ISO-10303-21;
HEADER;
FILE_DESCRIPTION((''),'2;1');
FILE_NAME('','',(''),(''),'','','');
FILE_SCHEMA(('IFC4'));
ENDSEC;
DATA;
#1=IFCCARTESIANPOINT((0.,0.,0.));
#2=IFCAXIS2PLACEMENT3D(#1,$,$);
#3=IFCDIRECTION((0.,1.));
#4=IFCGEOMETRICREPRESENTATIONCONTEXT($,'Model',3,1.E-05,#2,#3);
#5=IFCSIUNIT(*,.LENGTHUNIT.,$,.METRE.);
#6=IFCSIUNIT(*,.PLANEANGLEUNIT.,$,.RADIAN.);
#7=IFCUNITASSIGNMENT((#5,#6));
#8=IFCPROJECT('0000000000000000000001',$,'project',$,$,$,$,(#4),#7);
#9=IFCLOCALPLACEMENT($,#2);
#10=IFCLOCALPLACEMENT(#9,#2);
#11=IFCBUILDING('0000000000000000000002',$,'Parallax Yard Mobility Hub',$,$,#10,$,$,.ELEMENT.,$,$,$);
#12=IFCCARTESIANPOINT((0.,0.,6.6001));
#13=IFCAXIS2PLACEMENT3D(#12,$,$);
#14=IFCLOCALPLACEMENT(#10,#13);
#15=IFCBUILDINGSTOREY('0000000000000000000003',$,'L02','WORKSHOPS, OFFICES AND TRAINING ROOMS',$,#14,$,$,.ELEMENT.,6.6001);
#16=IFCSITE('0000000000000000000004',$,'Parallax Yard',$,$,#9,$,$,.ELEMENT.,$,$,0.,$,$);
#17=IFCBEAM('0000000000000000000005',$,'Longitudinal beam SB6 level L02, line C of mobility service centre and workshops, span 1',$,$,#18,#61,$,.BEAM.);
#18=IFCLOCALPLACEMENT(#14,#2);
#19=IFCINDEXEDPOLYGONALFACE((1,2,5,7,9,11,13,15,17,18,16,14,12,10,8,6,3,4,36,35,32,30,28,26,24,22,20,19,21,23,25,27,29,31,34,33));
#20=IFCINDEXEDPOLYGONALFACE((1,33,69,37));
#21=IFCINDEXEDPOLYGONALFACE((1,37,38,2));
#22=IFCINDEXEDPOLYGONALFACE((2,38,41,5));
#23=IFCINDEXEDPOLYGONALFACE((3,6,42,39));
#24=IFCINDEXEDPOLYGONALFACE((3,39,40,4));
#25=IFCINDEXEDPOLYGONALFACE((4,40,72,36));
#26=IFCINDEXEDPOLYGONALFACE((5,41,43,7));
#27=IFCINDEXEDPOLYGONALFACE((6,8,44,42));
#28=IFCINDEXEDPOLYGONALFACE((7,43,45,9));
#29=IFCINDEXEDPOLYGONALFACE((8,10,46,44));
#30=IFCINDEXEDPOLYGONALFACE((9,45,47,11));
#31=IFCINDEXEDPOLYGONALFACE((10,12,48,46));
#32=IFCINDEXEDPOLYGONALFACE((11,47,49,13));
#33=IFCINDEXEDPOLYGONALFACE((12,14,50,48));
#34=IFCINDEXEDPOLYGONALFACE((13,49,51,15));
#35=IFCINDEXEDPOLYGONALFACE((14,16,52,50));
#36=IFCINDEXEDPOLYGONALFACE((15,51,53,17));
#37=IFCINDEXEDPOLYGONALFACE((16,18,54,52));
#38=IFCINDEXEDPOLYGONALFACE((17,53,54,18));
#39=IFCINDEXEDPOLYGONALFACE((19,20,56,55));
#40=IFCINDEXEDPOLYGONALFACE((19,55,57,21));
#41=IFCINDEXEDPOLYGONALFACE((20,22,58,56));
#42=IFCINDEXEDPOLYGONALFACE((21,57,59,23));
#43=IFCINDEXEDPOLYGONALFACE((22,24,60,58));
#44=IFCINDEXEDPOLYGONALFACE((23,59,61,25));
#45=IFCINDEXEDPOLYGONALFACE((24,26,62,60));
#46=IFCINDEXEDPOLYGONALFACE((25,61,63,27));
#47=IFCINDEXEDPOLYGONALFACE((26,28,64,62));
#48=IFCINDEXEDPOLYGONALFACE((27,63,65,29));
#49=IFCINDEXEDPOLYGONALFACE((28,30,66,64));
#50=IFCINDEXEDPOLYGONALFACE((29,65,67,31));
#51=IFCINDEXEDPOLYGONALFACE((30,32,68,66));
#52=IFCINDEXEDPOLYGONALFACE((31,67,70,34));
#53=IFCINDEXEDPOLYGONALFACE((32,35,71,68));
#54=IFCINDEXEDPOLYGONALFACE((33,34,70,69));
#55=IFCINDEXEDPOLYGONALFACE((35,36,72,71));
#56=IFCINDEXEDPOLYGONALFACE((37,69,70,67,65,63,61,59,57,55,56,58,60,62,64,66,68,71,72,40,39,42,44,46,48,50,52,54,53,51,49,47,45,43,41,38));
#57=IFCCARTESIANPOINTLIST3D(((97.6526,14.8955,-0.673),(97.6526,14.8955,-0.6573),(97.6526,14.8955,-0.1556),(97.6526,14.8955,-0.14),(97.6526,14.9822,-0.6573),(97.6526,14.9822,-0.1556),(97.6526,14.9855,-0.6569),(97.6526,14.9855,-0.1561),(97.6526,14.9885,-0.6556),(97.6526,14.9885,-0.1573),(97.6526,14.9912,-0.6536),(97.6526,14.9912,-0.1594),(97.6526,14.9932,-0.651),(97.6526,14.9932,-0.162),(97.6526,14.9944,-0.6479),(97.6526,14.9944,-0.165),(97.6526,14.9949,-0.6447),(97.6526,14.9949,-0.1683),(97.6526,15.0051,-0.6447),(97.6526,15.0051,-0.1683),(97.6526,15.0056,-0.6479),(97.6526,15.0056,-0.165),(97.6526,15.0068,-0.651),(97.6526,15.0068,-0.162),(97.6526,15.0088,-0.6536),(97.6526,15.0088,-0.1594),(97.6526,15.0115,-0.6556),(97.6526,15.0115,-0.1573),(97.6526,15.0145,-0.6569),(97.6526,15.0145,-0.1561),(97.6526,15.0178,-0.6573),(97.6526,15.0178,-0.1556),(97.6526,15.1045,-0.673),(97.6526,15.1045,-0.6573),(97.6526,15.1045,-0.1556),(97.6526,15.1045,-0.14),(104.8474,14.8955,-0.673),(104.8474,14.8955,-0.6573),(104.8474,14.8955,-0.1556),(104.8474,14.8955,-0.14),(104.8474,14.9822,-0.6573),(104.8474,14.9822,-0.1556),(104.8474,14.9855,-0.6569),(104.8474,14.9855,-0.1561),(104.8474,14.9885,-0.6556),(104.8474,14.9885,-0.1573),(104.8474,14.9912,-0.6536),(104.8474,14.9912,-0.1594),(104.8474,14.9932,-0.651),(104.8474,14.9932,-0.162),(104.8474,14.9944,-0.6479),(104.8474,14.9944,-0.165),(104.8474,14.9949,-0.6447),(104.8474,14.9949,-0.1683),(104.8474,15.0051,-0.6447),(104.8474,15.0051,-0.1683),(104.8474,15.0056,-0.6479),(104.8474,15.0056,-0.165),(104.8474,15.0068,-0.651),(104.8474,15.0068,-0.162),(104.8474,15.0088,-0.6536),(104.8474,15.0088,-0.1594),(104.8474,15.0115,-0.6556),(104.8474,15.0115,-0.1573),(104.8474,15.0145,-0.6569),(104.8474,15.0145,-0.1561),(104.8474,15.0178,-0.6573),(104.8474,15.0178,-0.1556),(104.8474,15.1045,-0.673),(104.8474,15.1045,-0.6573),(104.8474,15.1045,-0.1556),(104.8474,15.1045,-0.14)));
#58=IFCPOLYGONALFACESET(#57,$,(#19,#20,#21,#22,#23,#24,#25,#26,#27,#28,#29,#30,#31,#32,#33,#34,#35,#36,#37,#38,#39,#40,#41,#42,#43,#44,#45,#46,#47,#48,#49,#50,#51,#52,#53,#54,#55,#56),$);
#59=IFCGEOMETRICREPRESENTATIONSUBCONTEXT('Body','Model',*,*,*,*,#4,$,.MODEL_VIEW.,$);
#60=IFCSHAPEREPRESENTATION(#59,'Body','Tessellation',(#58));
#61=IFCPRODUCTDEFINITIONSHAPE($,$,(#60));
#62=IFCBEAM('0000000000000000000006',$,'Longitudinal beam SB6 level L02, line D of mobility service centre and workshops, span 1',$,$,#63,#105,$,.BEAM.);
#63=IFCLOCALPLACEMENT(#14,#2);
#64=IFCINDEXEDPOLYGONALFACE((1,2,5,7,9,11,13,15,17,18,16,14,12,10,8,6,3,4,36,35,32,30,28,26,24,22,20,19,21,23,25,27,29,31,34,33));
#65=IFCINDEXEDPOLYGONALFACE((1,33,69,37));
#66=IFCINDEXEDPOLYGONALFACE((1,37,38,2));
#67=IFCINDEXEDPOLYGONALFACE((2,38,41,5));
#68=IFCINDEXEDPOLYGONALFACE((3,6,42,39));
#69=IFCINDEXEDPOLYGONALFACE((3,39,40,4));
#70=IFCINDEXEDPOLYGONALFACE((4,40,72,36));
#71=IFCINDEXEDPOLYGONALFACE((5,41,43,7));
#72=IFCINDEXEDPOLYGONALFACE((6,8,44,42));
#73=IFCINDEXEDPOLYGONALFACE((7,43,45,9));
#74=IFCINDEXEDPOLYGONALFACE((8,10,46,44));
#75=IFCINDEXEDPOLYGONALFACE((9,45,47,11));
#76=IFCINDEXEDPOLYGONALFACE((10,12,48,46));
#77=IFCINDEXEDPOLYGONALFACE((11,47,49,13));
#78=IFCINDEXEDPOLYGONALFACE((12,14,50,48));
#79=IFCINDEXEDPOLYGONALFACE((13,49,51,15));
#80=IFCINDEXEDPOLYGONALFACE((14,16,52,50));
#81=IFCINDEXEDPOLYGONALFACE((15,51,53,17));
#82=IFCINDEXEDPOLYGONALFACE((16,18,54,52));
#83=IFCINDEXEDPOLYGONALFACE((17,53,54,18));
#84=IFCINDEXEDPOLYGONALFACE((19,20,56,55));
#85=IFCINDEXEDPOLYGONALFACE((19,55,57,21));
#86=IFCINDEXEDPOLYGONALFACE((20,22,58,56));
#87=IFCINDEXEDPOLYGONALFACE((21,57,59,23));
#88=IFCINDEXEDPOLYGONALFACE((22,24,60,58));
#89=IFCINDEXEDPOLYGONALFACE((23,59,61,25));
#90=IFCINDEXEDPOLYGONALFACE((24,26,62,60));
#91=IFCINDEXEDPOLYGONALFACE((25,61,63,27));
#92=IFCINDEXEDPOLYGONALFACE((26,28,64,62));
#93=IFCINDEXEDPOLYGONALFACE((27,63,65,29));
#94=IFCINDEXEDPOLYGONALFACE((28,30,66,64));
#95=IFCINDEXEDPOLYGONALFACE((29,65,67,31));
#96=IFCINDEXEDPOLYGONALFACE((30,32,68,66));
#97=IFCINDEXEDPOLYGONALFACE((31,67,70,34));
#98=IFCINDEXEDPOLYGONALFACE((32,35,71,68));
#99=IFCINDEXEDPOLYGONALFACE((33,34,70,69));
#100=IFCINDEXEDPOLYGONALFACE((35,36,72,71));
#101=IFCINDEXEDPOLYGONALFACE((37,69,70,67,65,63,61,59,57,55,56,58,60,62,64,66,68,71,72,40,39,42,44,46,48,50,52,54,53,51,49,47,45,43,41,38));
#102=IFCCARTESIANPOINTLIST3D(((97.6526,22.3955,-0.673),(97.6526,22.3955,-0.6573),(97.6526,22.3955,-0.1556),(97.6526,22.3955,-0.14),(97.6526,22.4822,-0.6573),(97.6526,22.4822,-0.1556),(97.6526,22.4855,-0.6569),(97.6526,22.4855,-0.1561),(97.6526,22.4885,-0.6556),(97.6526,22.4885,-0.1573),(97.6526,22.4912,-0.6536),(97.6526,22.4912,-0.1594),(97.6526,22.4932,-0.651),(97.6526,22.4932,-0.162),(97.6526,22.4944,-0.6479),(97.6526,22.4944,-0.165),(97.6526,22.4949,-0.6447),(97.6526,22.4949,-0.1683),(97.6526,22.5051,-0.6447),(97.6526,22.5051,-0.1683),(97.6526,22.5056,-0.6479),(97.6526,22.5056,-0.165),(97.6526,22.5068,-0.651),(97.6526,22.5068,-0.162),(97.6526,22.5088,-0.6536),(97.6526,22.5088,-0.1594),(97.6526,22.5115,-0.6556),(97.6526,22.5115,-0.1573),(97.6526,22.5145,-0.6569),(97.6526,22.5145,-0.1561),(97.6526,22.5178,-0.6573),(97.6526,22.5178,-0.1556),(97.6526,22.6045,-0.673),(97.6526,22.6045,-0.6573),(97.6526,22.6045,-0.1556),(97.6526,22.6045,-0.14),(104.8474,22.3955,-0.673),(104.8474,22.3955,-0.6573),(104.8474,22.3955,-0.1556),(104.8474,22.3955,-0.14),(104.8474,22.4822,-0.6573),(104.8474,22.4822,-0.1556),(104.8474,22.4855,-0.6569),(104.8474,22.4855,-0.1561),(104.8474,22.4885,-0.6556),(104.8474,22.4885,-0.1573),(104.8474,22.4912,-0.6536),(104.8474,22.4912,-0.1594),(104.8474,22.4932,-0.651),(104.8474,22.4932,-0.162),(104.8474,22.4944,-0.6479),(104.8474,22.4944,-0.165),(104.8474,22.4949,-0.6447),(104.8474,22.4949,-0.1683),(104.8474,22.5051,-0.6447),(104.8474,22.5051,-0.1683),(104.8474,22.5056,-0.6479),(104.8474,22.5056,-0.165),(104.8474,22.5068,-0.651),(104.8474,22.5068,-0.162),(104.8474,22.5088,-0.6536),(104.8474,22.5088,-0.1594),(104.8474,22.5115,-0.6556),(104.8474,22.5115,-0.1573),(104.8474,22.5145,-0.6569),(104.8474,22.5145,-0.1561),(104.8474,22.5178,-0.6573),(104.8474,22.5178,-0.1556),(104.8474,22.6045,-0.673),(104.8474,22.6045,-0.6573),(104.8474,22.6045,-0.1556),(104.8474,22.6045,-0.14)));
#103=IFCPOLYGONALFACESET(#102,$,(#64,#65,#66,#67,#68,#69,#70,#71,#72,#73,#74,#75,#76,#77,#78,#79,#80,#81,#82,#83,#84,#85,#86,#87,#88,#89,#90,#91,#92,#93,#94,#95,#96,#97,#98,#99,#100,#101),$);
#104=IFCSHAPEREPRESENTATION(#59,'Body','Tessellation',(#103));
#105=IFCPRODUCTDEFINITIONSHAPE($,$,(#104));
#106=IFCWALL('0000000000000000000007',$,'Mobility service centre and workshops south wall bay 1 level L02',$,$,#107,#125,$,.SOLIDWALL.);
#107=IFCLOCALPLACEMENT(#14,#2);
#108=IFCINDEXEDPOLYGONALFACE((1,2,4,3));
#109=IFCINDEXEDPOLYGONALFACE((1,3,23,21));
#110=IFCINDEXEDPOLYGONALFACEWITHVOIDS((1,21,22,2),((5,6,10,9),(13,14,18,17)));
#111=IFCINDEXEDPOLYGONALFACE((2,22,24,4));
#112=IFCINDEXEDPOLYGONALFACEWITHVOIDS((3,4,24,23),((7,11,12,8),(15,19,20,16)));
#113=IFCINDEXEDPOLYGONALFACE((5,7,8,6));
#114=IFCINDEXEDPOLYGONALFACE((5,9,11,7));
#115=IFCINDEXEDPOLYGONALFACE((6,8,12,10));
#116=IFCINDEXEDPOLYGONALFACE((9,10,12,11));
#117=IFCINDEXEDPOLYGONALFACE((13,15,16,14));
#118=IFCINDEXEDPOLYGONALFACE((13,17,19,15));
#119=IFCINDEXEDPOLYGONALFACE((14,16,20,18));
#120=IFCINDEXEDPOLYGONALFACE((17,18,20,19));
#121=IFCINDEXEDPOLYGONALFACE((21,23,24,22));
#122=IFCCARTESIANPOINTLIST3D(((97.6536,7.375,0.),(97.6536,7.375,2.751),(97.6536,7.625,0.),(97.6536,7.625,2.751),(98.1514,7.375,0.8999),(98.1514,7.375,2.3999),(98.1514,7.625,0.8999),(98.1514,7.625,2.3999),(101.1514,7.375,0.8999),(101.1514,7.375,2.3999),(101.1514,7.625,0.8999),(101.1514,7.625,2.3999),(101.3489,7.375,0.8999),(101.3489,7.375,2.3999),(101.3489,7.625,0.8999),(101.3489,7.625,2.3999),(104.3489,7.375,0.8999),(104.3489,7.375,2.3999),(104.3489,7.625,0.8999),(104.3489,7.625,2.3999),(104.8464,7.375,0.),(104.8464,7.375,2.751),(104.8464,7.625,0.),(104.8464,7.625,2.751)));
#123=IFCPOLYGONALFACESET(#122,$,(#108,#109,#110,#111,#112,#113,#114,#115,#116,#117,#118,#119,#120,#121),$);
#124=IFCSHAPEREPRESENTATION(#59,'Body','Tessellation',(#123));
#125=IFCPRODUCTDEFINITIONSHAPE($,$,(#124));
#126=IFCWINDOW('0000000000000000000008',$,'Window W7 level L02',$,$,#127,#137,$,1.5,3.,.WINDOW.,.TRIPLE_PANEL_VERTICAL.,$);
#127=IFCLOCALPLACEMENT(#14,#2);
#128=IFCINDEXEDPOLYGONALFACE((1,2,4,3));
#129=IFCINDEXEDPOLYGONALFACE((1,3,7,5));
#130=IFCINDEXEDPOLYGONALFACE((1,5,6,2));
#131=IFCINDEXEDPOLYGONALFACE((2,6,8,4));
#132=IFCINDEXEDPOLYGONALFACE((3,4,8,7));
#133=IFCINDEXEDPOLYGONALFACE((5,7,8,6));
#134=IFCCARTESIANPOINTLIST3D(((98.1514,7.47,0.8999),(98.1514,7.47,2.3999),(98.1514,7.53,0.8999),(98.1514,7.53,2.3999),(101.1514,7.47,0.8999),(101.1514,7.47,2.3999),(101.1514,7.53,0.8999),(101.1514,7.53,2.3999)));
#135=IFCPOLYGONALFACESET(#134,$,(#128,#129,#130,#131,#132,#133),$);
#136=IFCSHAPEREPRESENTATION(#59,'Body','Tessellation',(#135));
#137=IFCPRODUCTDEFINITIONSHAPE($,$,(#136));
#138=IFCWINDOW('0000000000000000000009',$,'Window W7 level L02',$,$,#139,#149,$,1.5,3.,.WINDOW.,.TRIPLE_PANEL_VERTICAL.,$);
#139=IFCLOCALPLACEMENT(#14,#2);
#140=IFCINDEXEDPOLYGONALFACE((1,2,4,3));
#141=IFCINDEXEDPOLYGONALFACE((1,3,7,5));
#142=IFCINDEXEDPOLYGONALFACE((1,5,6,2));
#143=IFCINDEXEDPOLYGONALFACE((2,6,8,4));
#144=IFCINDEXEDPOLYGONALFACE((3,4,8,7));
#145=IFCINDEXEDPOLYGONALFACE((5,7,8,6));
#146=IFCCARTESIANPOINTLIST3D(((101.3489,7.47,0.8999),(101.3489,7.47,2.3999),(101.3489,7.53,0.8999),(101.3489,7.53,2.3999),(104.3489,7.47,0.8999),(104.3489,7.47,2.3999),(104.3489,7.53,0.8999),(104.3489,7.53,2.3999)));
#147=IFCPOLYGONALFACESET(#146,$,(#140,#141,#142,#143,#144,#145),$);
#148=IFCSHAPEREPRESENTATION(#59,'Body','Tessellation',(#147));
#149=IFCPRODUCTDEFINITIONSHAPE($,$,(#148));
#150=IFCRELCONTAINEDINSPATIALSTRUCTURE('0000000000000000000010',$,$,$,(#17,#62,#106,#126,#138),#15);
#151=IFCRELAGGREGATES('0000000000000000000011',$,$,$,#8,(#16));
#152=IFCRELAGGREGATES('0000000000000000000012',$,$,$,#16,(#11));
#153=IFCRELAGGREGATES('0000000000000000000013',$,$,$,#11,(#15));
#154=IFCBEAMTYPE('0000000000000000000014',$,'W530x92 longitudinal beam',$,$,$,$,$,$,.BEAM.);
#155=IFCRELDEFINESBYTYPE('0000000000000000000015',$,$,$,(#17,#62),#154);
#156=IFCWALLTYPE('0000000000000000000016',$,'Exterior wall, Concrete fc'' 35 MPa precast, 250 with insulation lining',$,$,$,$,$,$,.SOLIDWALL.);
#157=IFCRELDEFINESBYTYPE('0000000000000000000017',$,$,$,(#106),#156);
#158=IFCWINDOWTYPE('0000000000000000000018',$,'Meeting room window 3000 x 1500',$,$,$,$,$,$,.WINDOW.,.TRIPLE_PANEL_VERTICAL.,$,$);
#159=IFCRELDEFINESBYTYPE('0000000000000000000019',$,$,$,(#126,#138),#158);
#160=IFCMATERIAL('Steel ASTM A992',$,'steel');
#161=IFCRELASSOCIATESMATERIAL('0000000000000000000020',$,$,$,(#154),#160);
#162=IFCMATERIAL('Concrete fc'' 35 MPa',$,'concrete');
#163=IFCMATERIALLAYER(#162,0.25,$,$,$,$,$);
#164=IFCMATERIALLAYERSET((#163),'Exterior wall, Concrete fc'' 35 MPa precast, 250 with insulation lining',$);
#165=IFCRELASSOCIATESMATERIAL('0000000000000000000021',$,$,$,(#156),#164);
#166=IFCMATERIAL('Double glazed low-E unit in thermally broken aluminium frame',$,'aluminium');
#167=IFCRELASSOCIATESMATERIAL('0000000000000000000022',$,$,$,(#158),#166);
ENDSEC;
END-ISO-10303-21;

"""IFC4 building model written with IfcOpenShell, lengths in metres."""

from ifc_helpers import new_model, si_unit, direction, frame, frame_2d, origin, origin_2d, place, context, subcontext, project, spatial, rectangle, i_section, extrude, material, layer, layer_set, material_profile, profile_set, type_object, element, fill, save


model = new_model("IFC4")

# Units and contexts
model_context = context("Model", 3, precision=1e-05, world=origin(), true_north=direction((0.0, 1.0)))
body_context = subcontext(model_context, "Body", "Model", "MODEL_VIEW")
ifc_project = project(units=[si_unit("LENGTHUNIT", "METRE"), si_unit("PLANEANGLEUNIT", "RADIAN")], contexts=[model_context])

# Site, building, storey
site_placement = place(None, origin())
site = spatial("IfcSite", under=ifc_project, at=site_placement, Name="Parallax Yard", CompositionType="ELEMENT", RefElevation=0.0)
building_placement = place(site_placement, origin())
building = spatial("IfcBuilding", under=site, at=building_placement, Name="Parallax Yard Mobility Hub", CompositionType="ELEMENT")
storey_placement = place(building_placement, frame((0.0, 0.0, 6.6001)))
storey = spatial("IfcBuildingStorey", under=building, at=storey_placement, Name="L02", Description="WORKSHOPS, OFFICES AND TRAINING ROOMS", CompositionType="ELEMENT", Elevation=6.6001)

# Shared definitions
ifc_material_1 = material(Name="Steel ASTM A992", Category="steel")

# Beams
ifc_material_profile_1 = material_profile(ifc_material_1, i_section(OverallWidth=0.209, OverallDepth=0.533, WebThickness=0.0103, FlangeThickness=0.0156, FilletRadius=0.0127, at=origin_2d()), Name="W530x92")
ifc_profile_set_1 = profile_set([ifc_material_profile_1], Name="Steel ASTM A992")
beam_type_1 = type_object("IfcBeamType", Name="W530x92 longitudinal beam", PredefinedType="BEAM", material=ifc_profile_set_1)
for number, where, z_axis, x_axis, name in (
    (1, (97.6526, 15.0, -0.4065), (1.0, 0.0, 0.0), (0.0, 1.0, 0.0), "Longitudinal beam SB6 level L02, line C of mobility service centre and workshops, span 1"),
    (2, (97.6526, 22.5, -0.4065), (1.0, 0.0, 0.0), (0.0, 1.0, 0.0), "Longitudinal beam SB6 level L02, line D of mobility service centre and workshops, span 1"),
):
    element("IfcBeam", number, at=place(storey_placement, frame(where, z_axis=z_axis, x_axis=x_axis)), inside=storey, type_object=beam_type_1, Name=name, PredefinedType="BEAM", context=body_context, shape_type="SweptSolid", body=[
        extrude(i_section(OverallWidth=0.209, OverallDepth=0.533, WebThickness=0.0103, FlangeThickness=0.0156, FilletRadius=0.0127, at=origin_2d()), origin(), (0.0, 0.0, 1.0), 7.1948),
    ])

# Wall, openings, windows
ifc_material_2 = material(Name="Concrete fc' 35 MPa", Category="concrete")
ifc_layer = layer(ifc_material_2, 0.25)
ifc_layer_set = layer_set([ifc_layer], Name="Exterior wall, Concrete fc' 35 MPa precast, 250 with insulation lining")
wall_type = type_object("IfcWallType", Name="Exterior wall, Concrete fc' 35 MPa precast, 250 with insulation lining", PredefinedType="SOLIDWALL", material=ifc_layer_set)
wall_placement = place(storey_placement, frame((97.6536, 7.5, 0.0), z_axis=(0.0, 0.0, 1.0), x_axis=(1.0, 0.0, 0.0)))
wall = element("IfcWall", 3, at=wall_placement, inside=storey, type_object=wall_type, Name="Mobility service centre and workshops south wall bay 1 level L02", PredefinedType="SOLIDWALL", context=body_context, shape_type="SweptSolid", body=[
    extrude(rectangle(XDim=7.1929, YDim=0.25, at=frame_2d((3.5964, 0.0))), origin(), (0.0, 0.0, 1.0), 2.751),
])
opening_1_placement = place(wall_placement, frame((0.4978, 0.0, 0.8999)))
opening_1 = element("IfcOpeningElement", 4, at=opening_1_placement, cuts=wall, PredefinedType="OPENING", context=body_context, shape_type="SweptSolid", body=[
    extrude(rectangle(XDim=3.0, YDim=1.5, at=frame_2d((1.5, 0.75))), frame((0.0, 0.135, 0.0), z_axis=(0.0, -1.0, 0.0), x_axis=(1.0, 0.0, 0.0)), (0.0, 0.0, 1.0), 0.27),
])
opening_2_placement = place(wall_placement, frame((3.6953, 0.0, 0.8999)))
opening_2 = element("IfcOpeningElement", 5, at=opening_2_placement, cuts=wall, PredefinedType="OPENING", context=body_context, shape_type="SweptSolid", body=[
    extrude(rectangle(XDim=3.0, YDim=1.5, at=frame_2d((1.5, 0.75))), frame((0.0, 0.135, 0.0), z_axis=(0.0, -1.0, 0.0), x_axis=(1.0, 0.0, 0.0)), (0.0, 0.0, 1.0), 0.27),
])
ifc_material_3 = material(Name="Double glazed low-E unit in thermally broken aluminium frame", Category="aluminium")
window_type = type_object("IfcWindowType", Name="Meeting room window 3000 x 1500", PartitioningType="TRIPLE_PANEL_VERTICAL", PredefinedType="WINDOW", material=ifc_material_3)
window_1_placement = place(opening_1_placement, origin())
window_1 = element("IfcWindow", 6, at=window_1_placement, inside=storey, type_object=window_type, Name="Window W7 level L02", OverallHeight=1.5, OverallWidth=3.0, PartitioningType="TRIPLE_PANEL_VERTICAL", PredefinedType="WINDOW", context=body_context, shape_type="SweptSolid", body=[
    extrude(rectangle(XDim=3.0, YDim=1.5, at=frame_2d((1.5, 0.75))), frame((0.0, 0.03, 0.0), z_axis=(0.0, -1.0, 0.0), x_axis=(1.0, 0.0, 0.0)), (0.0, 0.0, 1.0), 0.0601),
])
fill(opening_1, window_1)
window_2_placement = place(opening_2_placement, origin())
window_2 = element("IfcWindow", 7, at=window_2_placement, inside=storey, type_object=window_type, Name="Window W7 level L02", OverallHeight=1.5, OverallWidth=3.0, PartitioningType="TRIPLE_PANEL_VERTICAL", PredefinedType="WINDOW", context=body_context, shape_type="SweptSolid", body=[
    extrude(rectangle(XDim=3.0, YDim=1.5, at=frame_2d((1.5, 0.75))), frame((0.0, 0.03, 0.0), z_axis=(0.0, -1.0, 0.0), x_axis=(1.0, 0.0, 0.0)), (0.0, 0.0, 1.0), 0.0601),
])
fill(opening_2, window_2)

save(model, "model.ifc")
